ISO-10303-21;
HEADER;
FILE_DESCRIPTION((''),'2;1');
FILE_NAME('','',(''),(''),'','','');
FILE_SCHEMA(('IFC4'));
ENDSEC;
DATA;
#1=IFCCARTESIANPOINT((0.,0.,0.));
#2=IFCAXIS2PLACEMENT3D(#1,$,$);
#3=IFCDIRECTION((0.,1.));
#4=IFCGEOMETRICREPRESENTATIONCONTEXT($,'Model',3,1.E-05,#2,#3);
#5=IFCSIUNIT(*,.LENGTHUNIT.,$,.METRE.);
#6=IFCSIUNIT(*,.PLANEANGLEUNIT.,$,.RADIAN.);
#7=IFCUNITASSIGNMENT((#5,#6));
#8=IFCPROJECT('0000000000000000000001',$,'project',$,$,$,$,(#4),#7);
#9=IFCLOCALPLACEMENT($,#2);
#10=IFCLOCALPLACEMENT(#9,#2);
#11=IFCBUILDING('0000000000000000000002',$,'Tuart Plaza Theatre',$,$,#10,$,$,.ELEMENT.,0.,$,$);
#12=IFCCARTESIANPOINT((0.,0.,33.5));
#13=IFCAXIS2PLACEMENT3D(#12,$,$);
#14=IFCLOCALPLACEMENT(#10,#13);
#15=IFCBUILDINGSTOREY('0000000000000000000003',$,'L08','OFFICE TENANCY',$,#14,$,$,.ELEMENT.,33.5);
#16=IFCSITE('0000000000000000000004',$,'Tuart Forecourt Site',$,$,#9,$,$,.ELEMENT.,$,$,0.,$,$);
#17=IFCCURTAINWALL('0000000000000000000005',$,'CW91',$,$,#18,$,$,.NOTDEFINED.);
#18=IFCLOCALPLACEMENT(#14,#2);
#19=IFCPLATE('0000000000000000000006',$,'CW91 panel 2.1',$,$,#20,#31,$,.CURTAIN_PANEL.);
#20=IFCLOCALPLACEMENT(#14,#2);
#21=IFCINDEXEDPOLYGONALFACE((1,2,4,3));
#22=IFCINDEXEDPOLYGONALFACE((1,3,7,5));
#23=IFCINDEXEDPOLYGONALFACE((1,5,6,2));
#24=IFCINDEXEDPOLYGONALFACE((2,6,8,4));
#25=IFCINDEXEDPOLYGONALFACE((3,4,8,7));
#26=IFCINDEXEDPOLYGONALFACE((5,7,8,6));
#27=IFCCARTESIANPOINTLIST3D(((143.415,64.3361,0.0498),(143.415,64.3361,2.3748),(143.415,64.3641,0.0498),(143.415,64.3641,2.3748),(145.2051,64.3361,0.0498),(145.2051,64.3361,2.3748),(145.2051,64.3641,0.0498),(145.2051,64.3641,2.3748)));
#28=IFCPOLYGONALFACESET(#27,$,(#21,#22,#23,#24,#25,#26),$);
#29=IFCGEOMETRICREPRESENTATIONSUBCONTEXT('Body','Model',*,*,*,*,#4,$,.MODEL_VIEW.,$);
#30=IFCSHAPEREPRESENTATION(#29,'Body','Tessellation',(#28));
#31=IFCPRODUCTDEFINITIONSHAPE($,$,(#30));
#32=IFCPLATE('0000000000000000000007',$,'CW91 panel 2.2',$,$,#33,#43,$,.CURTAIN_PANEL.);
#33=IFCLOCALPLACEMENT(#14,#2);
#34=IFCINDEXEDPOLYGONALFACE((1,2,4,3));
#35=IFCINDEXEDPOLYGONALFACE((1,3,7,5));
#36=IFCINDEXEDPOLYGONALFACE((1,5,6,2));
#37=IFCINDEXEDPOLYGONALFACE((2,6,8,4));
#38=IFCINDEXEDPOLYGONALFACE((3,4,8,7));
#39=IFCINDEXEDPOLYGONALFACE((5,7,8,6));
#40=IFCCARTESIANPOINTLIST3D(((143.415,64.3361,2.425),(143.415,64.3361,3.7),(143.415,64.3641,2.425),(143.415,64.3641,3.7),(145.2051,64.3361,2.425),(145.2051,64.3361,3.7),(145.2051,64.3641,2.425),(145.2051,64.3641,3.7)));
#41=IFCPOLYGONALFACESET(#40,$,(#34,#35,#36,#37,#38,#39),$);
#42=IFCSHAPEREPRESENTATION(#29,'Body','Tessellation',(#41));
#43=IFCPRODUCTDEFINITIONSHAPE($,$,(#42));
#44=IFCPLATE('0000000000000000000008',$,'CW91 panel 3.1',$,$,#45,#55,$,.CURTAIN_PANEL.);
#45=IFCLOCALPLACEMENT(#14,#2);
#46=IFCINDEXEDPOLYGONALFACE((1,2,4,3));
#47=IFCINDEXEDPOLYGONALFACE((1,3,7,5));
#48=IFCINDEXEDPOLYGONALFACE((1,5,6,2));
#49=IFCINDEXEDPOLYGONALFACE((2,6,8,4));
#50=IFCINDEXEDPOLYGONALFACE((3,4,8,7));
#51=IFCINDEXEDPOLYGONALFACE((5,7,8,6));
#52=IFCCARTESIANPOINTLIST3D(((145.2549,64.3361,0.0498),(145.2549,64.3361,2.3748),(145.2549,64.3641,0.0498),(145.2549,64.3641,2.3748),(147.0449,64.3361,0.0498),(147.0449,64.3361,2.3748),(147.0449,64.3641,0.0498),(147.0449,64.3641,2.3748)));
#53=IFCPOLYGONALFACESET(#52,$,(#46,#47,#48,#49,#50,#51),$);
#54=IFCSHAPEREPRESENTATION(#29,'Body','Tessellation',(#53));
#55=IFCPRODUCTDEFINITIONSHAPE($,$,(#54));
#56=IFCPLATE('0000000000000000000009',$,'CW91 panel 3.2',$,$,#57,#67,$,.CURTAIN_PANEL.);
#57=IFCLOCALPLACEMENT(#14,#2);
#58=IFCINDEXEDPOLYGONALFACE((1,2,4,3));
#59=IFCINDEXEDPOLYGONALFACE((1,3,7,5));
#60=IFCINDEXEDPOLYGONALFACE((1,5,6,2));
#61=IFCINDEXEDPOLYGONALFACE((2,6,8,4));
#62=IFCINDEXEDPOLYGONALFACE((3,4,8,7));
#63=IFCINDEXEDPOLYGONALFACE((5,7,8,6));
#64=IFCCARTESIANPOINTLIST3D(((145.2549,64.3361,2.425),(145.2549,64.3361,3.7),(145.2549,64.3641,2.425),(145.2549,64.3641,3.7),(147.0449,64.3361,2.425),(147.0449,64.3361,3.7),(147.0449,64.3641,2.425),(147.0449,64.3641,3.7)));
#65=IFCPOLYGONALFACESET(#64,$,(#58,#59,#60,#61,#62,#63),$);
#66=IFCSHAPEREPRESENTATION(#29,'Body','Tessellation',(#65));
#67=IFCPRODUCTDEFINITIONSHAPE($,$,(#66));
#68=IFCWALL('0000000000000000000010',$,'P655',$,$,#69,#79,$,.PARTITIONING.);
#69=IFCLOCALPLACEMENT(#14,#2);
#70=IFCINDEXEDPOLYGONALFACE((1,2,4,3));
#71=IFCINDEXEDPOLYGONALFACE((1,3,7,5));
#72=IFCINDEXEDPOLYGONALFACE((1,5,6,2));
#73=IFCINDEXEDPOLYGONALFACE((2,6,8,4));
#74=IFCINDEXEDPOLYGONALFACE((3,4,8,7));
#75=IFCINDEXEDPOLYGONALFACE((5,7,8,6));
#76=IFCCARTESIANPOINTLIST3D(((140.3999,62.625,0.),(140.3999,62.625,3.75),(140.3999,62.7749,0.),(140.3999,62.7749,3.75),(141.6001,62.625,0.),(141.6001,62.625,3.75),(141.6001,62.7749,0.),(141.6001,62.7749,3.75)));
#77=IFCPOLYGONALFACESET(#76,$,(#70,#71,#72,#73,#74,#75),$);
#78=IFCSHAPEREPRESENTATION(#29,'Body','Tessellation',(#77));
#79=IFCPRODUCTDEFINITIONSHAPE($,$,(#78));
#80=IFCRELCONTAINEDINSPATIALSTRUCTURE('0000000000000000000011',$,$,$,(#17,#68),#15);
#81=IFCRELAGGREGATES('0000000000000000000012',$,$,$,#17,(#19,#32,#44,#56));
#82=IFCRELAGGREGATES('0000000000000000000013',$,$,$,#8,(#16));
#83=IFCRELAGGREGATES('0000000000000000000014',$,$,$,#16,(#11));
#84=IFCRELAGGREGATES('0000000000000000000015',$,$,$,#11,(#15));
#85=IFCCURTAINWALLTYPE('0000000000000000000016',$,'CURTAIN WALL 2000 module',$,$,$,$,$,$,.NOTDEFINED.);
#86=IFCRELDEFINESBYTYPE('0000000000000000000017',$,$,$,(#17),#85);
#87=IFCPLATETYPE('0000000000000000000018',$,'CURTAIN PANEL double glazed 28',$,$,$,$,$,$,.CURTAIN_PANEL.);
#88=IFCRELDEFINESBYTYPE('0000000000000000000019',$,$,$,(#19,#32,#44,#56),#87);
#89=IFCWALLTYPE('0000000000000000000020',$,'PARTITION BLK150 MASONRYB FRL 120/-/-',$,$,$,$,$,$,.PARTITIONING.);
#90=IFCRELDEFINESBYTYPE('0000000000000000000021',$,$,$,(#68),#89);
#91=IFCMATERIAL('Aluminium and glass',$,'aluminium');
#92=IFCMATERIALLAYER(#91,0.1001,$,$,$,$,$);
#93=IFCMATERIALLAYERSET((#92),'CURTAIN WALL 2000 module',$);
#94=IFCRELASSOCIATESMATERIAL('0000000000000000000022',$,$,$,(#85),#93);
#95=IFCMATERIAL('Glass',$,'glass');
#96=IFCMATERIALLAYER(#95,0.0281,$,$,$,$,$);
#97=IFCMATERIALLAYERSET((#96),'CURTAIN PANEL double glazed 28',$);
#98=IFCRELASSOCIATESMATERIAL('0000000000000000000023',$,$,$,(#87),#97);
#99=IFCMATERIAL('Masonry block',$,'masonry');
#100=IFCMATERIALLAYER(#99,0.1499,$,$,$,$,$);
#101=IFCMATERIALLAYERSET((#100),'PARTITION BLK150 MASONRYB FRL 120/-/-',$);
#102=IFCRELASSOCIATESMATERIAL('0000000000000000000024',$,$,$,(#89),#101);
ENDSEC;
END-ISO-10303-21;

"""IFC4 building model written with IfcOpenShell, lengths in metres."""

from ifc_helpers import new_model, si_unit, direction, frame, frame_2d, origin, origin_2d, place, context, subcontext, project, spatial, rectangle, extrude, material, layer, layer_set, type_object, element, aggregate, save


model = new_model("IFC4")

# Units and contexts
model_context = context("Model", 3, precision=1e-05, world=origin(), true_north=direction((0.0, 1.0)))
body_context = subcontext(model_context, "Body", "Model", "MODEL_VIEW")
ifc_project = project(units=[si_unit("LENGTHUNIT", "METRE"), si_unit("PLANEANGLEUNIT", "RADIAN")], contexts=[model_context])

# Site, building, storey
site_placement = place(None, origin())
site = spatial("IfcSite", under=ifc_project, at=site_placement, Name="Tuart Forecourt Site", CompositionType="ELEMENT", RefElevation=0.0)
building_placement = place(site_placement, origin())
building = spatial("IfcBuilding", under=site, at=building_placement, Name="Tuart Plaza Theatre", CompositionType="ELEMENT", ElevationOfRefHeight=0.0)
storey_placement = place(building_placement, frame((0.0, 0.0, 33.5)))
storey = spatial("IfcBuildingStorey", under=building, at=storey_placement, Name="L08", Description="OFFICE TENANCY", CompositionType="ELEMENT", Elevation=33.5)

# Shared definitions
ifc_material_1 = material(Name="Aluminium and glass", Category="aluminium")
ifc_layer_1 = layer(ifc_material_1, 0.1001)
ifc_layer_set_1 = layer_set([ifc_layer_1], Name="CURTAIN WALL 2000 module")
curtain_wall_type = type_object("IfcCurtainWallType", Name="CURTAIN WALL 2000 module", PredefinedType="NOTDEFINED", material=ifc_layer_set_1)

# Curtain wall
curtain_wall_1_placement = place(storey_placement, origin())
curtain_wall_1 = element("IfcCurtainWall", 1, at=curtain_wall_1_placement, inside=storey, type_object=curtain_wall_type, Name="CW91", PredefinedType="NOTDEFINED")

# Plates
ifc_material_2 = material(Name="Glass", Category="glass")
ifc_layer_2 = layer(ifc_material_2, 0.0281)
ifc_layer_set_2 = layer_set([ifc_layer_2], Name="CURTAIN PANEL double glazed 28")
plate_type = type_object("IfcPlateType", Name="CURTAIN PANEL double glazed 28", PredefinedType="CURTAIN_PANEL", material=ifc_layer_set_2)
plate_1_placement = place(storey_placement, frame((144.3101, 64.3501, 0.0498), z_axis=(0.0, 0.0, 1.0), x_axis=(1.0, 0.0, 0.0)))
plate_1 = element("IfcPlate", 2, at=plate_1_placement, type_object=plate_type, Name="CW91 panel 2.1", PredefinedType="CURTAIN_PANEL", context=body_context, shape_type="SweptSolid", body=[
    extrude(rectangle(XDim=1.79, YDim=0.0281, at=origin_2d()), origin(), (0.0, 0.0, 1.0), 2.325),
])
plate_2_placement = place(storey_placement, frame((144.3101, 64.3501, 2.425), z_axis=(0.0, 0.0, 1.0), x_axis=(1.0, 0.0, 0.0)))
plate_2 = element("IfcPlate", 3, at=plate_2_placement, type_object=plate_type, Name="CW91 panel 2.2", PredefinedType="CURTAIN_PANEL", context=body_context, shape_type="SweptSolid", body=[
    extrude(rectangle(XDim=1.79, YDim=0.0281, at=origin_2d()), origin(), (0.0, 0.0, 1.0), 1.2749),
])
plate_3_placement = place(storey_placement, frame((146.1499, 64.3501, 0.0498), z_axis=(0.0, 0.0, 1.0), x_axis=(1.0, 0.0, 0.0)))
plate_3 = element("IfcPlate", 4, at=plate_3_placement, type_object=plate_type, Name="CW91 panel 3.1", PredefinedType="CURTAIN_PANEL", context=body_context, shape_type="SweptSolid", body=[
    extrude(rectangle(XDim=1.79, YDim=0.0281, at=origin_2d()), origin(), (0.0, 0.0, 1.0), 2.325),
])
plate_4_placement = place(storey_placement, frame((146.1499, 64.3501, 2.425), z_axis=(0.0, 0.0, 1.0), x_axis=(1.0, 0.0, 0.0)))
plate_4 = element("IfcPlate", 5, at=plate_4_placement, type_object=plate_type, Name="CW91 panel 3.2", PredefinedType="CURTAIN_PANEL", context=body_context, shape_type="SweptSolid", body=[
    extrude(rectangle(XDim=1.79, YDim=0.0281, at=origin_2d()), origin(), (0.0, 0.0, 1.0), 1.2749),
])
aggregate(curtain_wall_1, [plate_1, plate_2, plate_3, plate_4])

# Wall
ifc_material_3 = material(Name="Masonry block", Category="masonry")
ifc_layer_3 = layer(ifc_material_3, 0.1499)
ifc_layer_set_3 = layer_set([ifc_layer_3], Name="PARTITION BLK150 MASONRYB FRL 120/-/-")
wall_type = type_object("IfcWallType", Name="PARTITION BLK150 MASONRYB FRL 120/-/-", PredefinedType="PARTITIONING", material=ifc_layer_set_3)
wall_placement = place(storey_placement, frame((141.6001, 62.7, 0.0), z_axis=(0.0, 0.0, 1.0), x_axis=(-1.0, 0.0, 0.0)))
element("IfcWall", 6, at=wall_placement, inside=storey, type_object=wall_type, Name="P655", PredefinedType="PARTITIONING", context=body_context, shape_type="SweptSolid", body=[
    extrude(rectangle(XDim=1.2002, YDim=0.1499, at=frame_2d((0.6001, 0.0))), origin(), (0.0, 0.0, 1.0), 3.75),
])

save(model, "model.ifc")
